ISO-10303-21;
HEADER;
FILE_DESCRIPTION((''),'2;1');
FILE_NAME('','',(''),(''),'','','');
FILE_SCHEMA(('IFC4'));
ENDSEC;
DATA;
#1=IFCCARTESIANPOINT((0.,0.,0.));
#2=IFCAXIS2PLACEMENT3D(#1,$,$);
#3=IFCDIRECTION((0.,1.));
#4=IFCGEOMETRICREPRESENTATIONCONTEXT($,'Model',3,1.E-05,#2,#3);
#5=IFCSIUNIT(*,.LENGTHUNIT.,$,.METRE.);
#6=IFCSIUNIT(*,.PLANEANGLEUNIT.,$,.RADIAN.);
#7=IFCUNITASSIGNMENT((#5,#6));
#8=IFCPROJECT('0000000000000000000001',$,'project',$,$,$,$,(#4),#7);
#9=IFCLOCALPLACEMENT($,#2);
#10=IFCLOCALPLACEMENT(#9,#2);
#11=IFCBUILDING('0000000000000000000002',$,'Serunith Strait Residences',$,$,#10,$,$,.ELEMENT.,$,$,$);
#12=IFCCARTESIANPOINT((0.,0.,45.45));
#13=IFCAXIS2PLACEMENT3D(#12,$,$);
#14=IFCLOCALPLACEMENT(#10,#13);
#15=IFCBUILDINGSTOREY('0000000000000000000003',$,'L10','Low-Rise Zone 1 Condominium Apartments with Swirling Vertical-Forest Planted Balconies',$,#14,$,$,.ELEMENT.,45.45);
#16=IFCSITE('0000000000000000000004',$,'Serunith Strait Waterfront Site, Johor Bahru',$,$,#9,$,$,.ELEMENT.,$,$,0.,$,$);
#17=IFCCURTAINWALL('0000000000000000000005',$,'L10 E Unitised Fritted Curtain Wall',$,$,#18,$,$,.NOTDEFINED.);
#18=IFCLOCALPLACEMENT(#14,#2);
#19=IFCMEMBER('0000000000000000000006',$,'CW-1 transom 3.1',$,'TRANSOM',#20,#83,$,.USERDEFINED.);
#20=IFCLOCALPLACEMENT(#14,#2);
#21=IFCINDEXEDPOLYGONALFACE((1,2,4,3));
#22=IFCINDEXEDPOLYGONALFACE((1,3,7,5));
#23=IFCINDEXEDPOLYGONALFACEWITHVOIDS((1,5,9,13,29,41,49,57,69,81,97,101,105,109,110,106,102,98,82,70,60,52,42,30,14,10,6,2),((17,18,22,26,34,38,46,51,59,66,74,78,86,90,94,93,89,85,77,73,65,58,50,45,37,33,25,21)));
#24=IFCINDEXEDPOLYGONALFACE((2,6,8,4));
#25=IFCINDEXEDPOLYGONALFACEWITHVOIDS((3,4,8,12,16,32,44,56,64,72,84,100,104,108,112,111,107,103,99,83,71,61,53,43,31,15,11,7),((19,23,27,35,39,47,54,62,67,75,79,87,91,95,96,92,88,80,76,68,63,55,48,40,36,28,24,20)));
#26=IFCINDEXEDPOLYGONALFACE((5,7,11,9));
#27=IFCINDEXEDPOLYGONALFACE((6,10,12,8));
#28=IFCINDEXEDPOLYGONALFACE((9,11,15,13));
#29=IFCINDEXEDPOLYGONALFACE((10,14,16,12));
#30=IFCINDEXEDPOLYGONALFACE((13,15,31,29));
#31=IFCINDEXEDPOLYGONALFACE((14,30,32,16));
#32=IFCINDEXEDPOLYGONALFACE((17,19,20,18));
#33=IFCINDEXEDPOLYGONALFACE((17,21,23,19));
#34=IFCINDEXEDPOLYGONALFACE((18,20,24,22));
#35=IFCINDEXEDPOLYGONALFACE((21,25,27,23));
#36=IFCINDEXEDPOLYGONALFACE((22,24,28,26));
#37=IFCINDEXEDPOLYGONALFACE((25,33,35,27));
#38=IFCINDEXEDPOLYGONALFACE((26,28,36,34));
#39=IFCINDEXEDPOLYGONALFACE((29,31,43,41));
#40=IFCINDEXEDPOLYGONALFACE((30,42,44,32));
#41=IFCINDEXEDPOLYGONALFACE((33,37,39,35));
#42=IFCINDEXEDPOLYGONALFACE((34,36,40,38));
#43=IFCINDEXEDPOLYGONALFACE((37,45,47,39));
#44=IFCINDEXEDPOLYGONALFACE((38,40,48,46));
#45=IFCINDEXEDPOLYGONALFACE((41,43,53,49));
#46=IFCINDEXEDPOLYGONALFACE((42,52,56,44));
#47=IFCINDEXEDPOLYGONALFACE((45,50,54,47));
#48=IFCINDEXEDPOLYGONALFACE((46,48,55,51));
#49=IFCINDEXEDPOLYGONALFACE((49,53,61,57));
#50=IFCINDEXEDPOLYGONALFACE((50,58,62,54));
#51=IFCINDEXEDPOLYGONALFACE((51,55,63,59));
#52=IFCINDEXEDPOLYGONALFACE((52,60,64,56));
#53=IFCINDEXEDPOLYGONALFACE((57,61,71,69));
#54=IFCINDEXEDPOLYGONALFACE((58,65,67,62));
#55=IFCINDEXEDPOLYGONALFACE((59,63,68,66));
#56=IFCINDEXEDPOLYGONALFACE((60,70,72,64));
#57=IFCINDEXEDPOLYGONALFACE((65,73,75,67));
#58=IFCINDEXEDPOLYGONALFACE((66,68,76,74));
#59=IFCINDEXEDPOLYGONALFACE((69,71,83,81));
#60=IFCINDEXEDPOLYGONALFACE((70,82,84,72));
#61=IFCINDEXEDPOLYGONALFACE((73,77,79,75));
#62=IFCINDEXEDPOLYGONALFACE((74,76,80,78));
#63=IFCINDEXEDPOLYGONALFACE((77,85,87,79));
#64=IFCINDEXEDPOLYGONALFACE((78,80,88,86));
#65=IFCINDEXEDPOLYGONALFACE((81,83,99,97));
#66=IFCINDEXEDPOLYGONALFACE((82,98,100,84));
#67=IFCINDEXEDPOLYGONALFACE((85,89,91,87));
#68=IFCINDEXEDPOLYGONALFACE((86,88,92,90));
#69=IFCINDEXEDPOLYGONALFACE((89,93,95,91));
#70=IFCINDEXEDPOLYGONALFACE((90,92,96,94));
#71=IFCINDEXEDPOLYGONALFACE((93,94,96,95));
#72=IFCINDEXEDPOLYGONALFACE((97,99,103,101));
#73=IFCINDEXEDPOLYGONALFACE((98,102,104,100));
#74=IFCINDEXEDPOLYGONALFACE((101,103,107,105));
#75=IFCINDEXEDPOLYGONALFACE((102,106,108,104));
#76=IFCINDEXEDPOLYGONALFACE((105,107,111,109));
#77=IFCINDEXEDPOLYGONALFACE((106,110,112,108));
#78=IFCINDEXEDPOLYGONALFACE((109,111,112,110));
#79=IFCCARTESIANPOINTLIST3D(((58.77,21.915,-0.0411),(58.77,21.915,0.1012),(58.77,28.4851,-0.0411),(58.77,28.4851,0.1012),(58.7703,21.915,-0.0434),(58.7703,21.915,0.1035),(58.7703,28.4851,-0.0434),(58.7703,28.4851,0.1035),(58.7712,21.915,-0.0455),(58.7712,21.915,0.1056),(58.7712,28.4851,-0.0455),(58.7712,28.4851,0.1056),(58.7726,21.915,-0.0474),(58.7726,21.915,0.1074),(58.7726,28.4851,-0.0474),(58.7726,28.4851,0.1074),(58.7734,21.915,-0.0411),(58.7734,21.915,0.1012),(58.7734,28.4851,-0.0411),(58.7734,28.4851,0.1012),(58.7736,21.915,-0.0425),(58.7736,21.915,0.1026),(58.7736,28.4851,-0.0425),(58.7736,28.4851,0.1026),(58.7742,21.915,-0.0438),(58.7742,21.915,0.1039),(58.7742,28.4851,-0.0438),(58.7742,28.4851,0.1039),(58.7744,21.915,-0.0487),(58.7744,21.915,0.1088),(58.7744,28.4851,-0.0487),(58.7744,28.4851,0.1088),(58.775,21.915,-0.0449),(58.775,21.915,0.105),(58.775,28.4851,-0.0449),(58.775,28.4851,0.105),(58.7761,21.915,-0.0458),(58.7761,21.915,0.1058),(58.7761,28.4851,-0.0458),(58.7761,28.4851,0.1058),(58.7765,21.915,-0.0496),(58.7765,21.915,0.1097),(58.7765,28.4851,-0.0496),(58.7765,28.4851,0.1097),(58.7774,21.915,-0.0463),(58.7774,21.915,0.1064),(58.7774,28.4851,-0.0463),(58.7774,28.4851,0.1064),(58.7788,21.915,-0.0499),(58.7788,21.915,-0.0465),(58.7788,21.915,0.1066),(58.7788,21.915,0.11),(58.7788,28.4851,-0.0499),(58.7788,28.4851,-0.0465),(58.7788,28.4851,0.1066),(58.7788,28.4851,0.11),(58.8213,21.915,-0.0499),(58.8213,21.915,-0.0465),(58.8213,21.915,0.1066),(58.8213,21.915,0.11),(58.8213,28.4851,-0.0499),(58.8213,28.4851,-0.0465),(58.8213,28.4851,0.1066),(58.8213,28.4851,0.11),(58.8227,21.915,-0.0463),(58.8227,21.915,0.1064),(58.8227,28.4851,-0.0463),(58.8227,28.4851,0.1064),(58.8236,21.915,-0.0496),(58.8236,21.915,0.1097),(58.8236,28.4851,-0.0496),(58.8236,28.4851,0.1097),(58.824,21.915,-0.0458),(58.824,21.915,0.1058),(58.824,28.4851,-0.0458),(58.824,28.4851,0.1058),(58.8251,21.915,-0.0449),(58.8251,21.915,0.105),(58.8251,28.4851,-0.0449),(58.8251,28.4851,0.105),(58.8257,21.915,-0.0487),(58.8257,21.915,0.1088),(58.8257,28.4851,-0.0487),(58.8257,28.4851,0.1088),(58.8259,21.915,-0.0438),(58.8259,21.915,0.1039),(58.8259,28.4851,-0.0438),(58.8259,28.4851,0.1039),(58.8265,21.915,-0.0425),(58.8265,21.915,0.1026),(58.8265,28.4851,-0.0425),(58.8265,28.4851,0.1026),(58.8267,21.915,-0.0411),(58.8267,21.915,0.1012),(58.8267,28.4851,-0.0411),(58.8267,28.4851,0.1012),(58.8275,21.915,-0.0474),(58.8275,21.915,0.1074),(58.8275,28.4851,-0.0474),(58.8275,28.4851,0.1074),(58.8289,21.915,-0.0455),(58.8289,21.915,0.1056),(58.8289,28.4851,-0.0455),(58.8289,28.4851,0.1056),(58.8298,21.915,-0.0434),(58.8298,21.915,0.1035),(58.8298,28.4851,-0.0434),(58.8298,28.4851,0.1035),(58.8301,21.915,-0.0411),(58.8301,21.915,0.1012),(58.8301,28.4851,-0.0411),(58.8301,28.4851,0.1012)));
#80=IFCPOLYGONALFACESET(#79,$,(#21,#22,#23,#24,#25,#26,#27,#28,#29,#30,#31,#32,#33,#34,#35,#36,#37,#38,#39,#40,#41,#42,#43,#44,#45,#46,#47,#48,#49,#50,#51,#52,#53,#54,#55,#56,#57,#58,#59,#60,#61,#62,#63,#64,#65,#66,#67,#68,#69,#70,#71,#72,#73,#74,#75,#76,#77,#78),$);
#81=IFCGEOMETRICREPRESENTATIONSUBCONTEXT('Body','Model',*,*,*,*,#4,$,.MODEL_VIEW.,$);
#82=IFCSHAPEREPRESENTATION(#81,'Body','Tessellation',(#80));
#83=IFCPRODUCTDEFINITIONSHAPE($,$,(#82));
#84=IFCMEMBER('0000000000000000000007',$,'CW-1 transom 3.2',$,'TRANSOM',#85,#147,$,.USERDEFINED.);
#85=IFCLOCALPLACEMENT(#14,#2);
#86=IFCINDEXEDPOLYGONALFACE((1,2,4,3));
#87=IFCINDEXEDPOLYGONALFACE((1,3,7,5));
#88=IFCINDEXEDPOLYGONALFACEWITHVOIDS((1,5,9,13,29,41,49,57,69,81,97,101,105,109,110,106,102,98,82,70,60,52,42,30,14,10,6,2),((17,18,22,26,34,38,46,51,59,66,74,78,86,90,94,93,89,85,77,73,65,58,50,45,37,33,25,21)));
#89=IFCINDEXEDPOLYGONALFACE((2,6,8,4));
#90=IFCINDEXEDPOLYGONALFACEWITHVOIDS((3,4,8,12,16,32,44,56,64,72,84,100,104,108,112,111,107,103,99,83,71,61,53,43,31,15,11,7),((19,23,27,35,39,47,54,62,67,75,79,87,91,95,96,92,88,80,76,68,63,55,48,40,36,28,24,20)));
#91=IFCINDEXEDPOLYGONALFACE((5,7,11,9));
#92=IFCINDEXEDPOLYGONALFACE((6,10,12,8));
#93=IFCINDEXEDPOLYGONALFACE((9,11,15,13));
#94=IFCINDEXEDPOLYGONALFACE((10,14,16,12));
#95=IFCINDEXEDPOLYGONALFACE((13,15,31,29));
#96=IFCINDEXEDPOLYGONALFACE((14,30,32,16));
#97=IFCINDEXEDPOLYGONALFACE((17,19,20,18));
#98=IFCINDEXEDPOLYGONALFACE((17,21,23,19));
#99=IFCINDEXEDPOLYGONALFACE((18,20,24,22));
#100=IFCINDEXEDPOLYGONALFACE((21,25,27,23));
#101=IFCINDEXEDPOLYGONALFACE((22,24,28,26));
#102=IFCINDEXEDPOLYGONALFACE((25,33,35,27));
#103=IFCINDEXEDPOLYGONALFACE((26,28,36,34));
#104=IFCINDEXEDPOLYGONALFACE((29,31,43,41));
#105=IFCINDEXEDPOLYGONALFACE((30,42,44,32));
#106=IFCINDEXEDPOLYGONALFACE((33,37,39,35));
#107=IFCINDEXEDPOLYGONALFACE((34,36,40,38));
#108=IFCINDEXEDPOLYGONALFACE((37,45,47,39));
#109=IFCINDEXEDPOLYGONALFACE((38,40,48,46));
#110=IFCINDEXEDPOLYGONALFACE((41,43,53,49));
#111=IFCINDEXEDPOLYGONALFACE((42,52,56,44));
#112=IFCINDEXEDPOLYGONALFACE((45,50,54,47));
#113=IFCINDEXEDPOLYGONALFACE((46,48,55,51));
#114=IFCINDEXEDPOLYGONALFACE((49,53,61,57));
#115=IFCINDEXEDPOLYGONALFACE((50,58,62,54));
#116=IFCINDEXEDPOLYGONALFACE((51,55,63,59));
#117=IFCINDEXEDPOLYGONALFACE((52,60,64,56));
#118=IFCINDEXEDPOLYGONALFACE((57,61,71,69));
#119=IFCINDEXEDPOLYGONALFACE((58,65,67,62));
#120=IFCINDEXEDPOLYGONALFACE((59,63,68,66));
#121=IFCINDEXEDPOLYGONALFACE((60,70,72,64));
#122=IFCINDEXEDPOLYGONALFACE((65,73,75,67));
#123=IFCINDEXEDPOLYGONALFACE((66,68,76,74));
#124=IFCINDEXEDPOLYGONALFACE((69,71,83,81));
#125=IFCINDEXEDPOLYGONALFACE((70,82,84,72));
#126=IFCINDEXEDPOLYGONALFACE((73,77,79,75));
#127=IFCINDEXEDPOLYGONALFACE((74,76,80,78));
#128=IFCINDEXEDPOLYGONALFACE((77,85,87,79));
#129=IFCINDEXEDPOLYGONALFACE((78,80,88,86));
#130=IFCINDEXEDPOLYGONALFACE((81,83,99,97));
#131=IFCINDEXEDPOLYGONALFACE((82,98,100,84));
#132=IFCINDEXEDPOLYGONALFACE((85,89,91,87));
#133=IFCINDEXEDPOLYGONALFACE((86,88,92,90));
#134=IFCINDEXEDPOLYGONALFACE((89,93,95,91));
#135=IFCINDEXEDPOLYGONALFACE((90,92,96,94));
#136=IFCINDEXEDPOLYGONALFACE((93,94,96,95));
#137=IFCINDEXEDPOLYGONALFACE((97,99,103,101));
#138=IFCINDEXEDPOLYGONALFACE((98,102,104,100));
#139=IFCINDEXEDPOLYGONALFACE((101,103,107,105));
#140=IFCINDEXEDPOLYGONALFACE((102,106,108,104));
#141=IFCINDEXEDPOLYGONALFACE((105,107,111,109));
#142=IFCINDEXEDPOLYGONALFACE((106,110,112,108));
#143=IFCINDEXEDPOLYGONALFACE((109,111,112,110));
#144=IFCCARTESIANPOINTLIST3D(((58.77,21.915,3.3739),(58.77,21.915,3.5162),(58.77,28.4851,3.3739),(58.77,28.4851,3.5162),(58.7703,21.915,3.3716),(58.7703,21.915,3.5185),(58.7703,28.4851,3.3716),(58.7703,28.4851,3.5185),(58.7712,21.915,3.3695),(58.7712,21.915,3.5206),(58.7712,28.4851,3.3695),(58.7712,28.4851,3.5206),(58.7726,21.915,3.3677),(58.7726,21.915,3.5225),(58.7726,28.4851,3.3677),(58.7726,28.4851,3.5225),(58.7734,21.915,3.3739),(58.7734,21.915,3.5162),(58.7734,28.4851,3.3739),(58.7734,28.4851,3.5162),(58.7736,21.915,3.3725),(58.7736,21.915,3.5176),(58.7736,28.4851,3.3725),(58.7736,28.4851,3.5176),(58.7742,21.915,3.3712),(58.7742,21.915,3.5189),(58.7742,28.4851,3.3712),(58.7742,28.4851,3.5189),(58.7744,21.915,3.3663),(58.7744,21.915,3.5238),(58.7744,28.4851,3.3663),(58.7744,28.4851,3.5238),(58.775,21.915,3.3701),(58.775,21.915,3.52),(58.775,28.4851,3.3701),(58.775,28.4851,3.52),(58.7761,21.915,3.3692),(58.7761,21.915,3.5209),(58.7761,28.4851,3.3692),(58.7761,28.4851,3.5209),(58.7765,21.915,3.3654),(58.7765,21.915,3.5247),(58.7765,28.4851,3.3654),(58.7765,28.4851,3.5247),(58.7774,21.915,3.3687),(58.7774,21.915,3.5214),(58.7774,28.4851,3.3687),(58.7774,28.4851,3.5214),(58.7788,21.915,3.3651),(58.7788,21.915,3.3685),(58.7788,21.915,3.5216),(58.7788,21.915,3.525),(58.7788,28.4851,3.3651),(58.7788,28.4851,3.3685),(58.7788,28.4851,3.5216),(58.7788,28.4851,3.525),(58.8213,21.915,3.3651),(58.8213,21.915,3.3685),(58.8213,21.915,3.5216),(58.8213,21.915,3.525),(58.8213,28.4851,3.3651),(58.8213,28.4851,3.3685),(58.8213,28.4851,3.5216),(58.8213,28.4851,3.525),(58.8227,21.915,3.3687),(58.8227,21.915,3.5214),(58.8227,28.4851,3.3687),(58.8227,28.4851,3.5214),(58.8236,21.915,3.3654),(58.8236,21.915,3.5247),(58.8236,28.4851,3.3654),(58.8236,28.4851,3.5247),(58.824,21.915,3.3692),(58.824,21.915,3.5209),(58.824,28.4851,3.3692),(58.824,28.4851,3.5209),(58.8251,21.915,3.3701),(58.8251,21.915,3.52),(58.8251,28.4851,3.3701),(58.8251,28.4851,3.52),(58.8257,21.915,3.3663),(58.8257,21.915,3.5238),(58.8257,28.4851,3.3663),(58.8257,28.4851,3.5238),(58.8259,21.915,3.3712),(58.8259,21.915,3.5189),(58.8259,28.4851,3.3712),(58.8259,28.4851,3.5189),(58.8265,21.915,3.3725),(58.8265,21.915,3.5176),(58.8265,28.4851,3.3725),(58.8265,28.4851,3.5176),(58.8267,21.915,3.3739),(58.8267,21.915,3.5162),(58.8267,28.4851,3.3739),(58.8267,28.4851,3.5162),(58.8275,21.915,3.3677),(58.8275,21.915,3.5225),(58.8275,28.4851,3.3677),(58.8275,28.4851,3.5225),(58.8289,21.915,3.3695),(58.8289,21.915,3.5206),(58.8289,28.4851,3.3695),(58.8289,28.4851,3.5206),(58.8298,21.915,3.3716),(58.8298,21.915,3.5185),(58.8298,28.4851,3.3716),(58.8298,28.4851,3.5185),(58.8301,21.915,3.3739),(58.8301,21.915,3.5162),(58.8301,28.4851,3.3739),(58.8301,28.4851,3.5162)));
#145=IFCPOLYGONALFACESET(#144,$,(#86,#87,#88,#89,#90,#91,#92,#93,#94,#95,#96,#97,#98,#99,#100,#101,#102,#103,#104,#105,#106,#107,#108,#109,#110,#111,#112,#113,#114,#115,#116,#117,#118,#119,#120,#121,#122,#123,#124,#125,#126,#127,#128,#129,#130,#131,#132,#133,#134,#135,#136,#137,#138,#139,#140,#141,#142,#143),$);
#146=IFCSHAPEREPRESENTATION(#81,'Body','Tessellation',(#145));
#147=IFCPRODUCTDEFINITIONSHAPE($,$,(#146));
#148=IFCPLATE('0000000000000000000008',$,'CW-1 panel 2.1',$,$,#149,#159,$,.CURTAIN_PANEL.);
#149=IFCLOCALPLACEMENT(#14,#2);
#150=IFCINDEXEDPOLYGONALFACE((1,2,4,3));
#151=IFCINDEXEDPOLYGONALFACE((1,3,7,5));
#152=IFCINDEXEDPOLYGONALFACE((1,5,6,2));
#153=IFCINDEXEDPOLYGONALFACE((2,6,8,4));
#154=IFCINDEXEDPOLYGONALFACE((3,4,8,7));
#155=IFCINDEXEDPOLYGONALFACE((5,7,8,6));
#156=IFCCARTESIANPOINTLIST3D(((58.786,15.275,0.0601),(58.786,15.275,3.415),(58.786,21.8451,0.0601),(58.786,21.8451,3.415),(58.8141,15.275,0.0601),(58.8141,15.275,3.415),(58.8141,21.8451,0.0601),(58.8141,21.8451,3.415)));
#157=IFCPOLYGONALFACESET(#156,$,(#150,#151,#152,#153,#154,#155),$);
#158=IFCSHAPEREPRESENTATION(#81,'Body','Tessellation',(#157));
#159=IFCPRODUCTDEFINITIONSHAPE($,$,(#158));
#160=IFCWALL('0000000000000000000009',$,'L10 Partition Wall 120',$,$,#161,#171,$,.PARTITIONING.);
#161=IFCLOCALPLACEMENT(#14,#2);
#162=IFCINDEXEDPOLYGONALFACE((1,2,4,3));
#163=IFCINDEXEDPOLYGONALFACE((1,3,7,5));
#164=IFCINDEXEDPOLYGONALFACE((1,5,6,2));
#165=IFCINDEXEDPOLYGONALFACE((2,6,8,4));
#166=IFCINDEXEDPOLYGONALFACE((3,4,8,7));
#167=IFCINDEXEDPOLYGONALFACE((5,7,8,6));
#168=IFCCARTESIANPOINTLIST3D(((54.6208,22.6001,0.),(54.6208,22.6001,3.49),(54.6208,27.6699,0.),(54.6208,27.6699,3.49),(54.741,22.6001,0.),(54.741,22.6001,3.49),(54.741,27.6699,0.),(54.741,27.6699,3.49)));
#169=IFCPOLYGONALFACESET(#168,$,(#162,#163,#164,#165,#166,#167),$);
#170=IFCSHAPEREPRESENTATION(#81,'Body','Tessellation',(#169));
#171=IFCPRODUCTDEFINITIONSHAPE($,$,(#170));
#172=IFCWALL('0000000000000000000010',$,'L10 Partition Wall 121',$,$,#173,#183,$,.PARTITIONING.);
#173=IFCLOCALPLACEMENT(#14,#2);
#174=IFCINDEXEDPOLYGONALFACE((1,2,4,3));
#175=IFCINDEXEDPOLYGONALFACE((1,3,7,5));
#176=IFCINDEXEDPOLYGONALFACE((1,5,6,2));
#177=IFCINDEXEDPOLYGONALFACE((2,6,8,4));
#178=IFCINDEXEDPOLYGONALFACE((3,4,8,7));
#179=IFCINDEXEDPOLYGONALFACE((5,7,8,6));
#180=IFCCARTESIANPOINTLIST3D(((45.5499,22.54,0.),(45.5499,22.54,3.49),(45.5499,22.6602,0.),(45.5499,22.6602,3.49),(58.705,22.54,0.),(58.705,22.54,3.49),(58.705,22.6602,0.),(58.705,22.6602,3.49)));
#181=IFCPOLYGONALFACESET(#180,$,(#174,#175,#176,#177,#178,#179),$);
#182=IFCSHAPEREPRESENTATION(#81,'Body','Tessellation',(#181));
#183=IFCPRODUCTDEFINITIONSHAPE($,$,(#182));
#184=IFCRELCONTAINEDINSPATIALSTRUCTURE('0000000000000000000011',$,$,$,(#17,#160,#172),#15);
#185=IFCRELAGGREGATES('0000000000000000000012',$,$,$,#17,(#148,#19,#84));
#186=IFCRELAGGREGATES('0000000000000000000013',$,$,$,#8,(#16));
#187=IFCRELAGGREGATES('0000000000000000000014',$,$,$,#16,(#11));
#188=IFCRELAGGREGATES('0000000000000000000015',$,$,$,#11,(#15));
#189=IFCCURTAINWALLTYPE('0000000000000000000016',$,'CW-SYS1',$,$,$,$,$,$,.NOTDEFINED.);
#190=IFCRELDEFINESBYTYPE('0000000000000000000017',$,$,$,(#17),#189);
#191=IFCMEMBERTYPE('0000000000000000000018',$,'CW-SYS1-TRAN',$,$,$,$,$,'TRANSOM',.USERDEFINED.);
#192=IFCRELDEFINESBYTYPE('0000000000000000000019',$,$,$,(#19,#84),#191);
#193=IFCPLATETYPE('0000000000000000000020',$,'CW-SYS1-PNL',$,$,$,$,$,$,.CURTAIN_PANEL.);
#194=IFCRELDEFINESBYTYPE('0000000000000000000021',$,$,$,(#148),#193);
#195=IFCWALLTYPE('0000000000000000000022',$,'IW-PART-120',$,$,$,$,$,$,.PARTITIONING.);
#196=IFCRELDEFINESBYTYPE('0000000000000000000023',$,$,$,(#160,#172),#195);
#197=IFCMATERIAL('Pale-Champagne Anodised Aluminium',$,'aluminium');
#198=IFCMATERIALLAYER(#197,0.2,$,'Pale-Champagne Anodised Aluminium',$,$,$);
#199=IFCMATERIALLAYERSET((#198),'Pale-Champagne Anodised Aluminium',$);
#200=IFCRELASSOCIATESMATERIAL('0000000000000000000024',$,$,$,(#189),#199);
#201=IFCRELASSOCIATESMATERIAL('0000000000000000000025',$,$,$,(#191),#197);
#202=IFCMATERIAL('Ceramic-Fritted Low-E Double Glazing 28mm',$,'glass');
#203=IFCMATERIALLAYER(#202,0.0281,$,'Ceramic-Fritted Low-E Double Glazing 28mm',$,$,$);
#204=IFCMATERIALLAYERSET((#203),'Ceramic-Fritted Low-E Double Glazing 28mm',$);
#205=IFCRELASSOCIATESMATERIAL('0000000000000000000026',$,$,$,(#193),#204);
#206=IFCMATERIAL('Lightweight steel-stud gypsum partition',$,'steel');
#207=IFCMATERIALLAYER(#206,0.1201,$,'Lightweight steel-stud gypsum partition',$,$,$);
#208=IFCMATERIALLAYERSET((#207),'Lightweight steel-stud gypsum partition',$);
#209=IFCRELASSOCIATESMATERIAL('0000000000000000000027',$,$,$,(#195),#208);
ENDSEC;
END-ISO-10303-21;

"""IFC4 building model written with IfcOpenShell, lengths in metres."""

from ifc_helpers import new_model, si_unit, direction, frame, frame_2d, origin, origin_2d, place, context, subcontext, project, spatial, rectangle, hollow_rectangle, extrude, source, transform, mapped, material, layer, layer_set, material_profile, profile_set, type_object, element, aggregate, save


model = new_model("IFC4")

# Units and contexts
model_context = context("Model", 3, precision=1e-05, world=origin(), true_north=direction((0.0, 1.0)))
body_context = subcontext(model_context, "Body", "Model", "MODEL_VIEW")
ifc_project = project(units=[si_unit("LENGTHUNIT", "METRE"), si_unit("PLANEANGLEUNIT", "RADIAN")], contexts=[model_context])

# Site, building, storey
site_placement = place(None, origin())
site = spatial("IfcSite", under=ifc_project, at=site_placement, Name="Serunith Strait Waterfront Site, Johor Bahru", CompositionType="ELEMENT", RefElevation=0.0)
building_placement = place(site_placement, origin())
building = spatial("IfcBuilding", under=site, at=building_placement, Name="Serunith Strait Residences", CompositionType="ELEMENT")
storey_placement = place(building_placement, frame((0.0, 0.0, 45.45)))
storey = spatial("IfcBuildingStorey", under=building, at=storey_placement, Name="L10", Description="Low-Rise Zone 1 Condominium Apartments with Swirling Vertical-Forest Planted Balconies", CompositionType="ELEMENT", Elevation=45.45)

# Curtain wall, members, plate
ifc_material_1 = material(Name="Pale-Champagne Anodised Aluminium", Category="aluminium")
ifc_layer_1 = layer(ifc_material_1, 0.2, Name="Pale-Champagne Anodised Aluminium")
ifc_layer_set_1 = layer_set([ifc_layer_1], Name="Pale-Champagne Anodised Aluminium")
curtain_wall_type = type_object("IfcCurtainWallType", Name="CW-SYS1", PredefinedType="NOTDEFINED", material=ifc_layer_set_1)
curtain_wall_placement = place(storey_placement, origin())
curtain_wall = element("IfcCurtainWall", 1, at=curtain_wall_placement, inside=storey, type_object=curtain_wall_type, Name="L10 E Unitised Fritted Curtain Wall", PredefinedType="NOTDEFINED")
ifc_material_profile_1 = material_profile(ifc_material_1, hollow_rectangle(XDim=0.0601, YDim=0.1599, WallThickness=0.0034, InnerFilletRadius=0.0054, OuterFilletRadius=0.0088, at=origin_2d()), Name="ALU 160x60x3.5")
ifc_profile_set_1 = profile_set([ifc_material_profile_1], Name="Pale-Champagne Anodised Aluminium")
member_type_1 = type_object("IfcMemberType", Name="CW-SYS1-TRAN", ElementType="TRANSOM", PredefinedType="USERDEFINED", material=ifc_profile_set_1)
shared_shape_1 = source(origin(), body_context, "Body", "SweptSolid", [
    extrude(hollow_rectangle(XDim=0.0601, YDim=0.1599, WallThickness=0.0034, InnerFilletRadius=0.0054, OuterFilletRadius=0.0088, at=origin_2d()), origin(), (0.0, 0.0, 1.0), 6.5701),
])
member_1_placement = place(storey_placement, frame((58.8, 21.915, 0.03), z_axis=(0.0, 1.0, 0.0), x_axis=(-1.0, 0.0, 0.0)))
member_1 = element("IfcMember", 2, at=member_1_placement, type_object=member_type_1, Name="CW-1 transom 3.1", ObjectType="TRANSOM", PredefinedType="USERDEFINED", context=body_context, shape_type="MappedRepresentation", body=[
    mapped(shared_shape_1, transform((0.0, 0.0, 0.0), scale=1.0)),
])
member_2_placement = place(storey_placement, frame((58.8, 21.915, 3.4451), z_axis=(0.0, 1.0, 0.0), x_axis=(-1.0, 0.0, 0.0)))
member_2 = element("IfcMember", 3, at=member_2_placement, type_object=member_type_1, Name="CW-1 transom 3.2", ObjectType="TRANSOM", PredefinedType="USERDEFINED", context=body_context, shape_type="MappedRepresentation", body=[
    mapped(shared_shape_1, transform((0.0, 0.0, 0.0), scale=1.0)),
])
ifc_material_2 = material(Name="Ceramic-Fritted Low-E Double Glazing 28mm", Category="glass")
ifc_layer_2 = layer(ifc_material_2, 0.0281, Name="Ceramic-Fritted Low-E Double Glazing 28mm")
ifc_layer_set_2 = layer_set([ifc_layer_2], Name="Ceramic-Fritted Low-E Double Glazing 28mm")
plate_type = type_object("IfcPlateType", Name="CW-SYS1-PNL", PredefinedType="CURTAIN_PANEL", material=ifc_layer_set_2)
shared_shape_2 = source(origin(), body_context, "Body", "SweptSolid", [
    extrude(rectangle(XDim=6.5701, YDim=0.0281, at=origin_2d()), origin(), (0.0, 0.0, 1.0), 3.355),
])
plate_placement = place(storey_placement, frame((58.8, 18.5601, 0.0601), z_axis=(0.0, 0.0, 1.0), x_axis=(0.0, 1.0, 0.0)))
plate = element("IfcPlate", 4, at=plate_placement, type_object=plate_type, Name="CW-1 panel 2.1", PredefinedType="CURTAIN_PANEL", context=body_context, shape_type="MappedRepresentation", body=[
    mapped(shared_shape_2, transform((0.0, 0.0, 0.0), scale=1.0)),
])
aggregate(curtain_wall, [plate, member_1, member_2])

# Walls
ifc_material_3 = material(Name="Lightweight steel-stud gypsum partition", Category="steel")
ifc_layer_3 = layer(ifc_material_3, 0.1201, Name="Lightweight steel-stud gypsum partition")
ifc_layer_set_3 = layer_set([ifc_layer_3], Name="Lightweight steel-stud gypsum partition")
wall_type = type_object("IfcWallType", Name="IW-PART-120", PredefinedType="PARTITIONING", material=ifc_layer_set_3)
wall_1_placement = place(storey_placement, frame((54.6809, 22.6001, 0.0), z_axis=(0.0, 0.0, 1.0), x_axis=(0.0, 1.0, 0.0)))
element("IfcWall", 5, at=wall_1_placement, inside=storey, type_object=wall_type, Name="L10 Partition Wall 120", PredefinedType="PARTITIONING", context=body_context, shape_type="SweptSolid", body=[
    extrude(rectangle(XDim=5.0698, YDim=0.1201, at=frame_2d((2.5349, 0.0))), origin(), (0.0, 0.0, 1.0), 3.49),
])
wall_2_placement = place(storey_placement, frame((58.7051, 22.6001, 0.0), z_axis=(0.0, 0.0, 1.0), x_axis=(-1.0, 0.0, 0.0)))
element("IfcWall", 6, at=wall_2_placement, inside=storey, type_object=wall_type, Name="L10 Partition Wall 121", PredefinedType="PARTITIONING", context=body_context, shape_type="SweptSolid", body=[
    extrude(rectangle(XDim=13.155, YDim=0.1201, at=frame_2d((6.5776, 0.0))), origin(), (0.0, 0.0, 1.0), 3.49),
])

save(model, "model.ifc")
